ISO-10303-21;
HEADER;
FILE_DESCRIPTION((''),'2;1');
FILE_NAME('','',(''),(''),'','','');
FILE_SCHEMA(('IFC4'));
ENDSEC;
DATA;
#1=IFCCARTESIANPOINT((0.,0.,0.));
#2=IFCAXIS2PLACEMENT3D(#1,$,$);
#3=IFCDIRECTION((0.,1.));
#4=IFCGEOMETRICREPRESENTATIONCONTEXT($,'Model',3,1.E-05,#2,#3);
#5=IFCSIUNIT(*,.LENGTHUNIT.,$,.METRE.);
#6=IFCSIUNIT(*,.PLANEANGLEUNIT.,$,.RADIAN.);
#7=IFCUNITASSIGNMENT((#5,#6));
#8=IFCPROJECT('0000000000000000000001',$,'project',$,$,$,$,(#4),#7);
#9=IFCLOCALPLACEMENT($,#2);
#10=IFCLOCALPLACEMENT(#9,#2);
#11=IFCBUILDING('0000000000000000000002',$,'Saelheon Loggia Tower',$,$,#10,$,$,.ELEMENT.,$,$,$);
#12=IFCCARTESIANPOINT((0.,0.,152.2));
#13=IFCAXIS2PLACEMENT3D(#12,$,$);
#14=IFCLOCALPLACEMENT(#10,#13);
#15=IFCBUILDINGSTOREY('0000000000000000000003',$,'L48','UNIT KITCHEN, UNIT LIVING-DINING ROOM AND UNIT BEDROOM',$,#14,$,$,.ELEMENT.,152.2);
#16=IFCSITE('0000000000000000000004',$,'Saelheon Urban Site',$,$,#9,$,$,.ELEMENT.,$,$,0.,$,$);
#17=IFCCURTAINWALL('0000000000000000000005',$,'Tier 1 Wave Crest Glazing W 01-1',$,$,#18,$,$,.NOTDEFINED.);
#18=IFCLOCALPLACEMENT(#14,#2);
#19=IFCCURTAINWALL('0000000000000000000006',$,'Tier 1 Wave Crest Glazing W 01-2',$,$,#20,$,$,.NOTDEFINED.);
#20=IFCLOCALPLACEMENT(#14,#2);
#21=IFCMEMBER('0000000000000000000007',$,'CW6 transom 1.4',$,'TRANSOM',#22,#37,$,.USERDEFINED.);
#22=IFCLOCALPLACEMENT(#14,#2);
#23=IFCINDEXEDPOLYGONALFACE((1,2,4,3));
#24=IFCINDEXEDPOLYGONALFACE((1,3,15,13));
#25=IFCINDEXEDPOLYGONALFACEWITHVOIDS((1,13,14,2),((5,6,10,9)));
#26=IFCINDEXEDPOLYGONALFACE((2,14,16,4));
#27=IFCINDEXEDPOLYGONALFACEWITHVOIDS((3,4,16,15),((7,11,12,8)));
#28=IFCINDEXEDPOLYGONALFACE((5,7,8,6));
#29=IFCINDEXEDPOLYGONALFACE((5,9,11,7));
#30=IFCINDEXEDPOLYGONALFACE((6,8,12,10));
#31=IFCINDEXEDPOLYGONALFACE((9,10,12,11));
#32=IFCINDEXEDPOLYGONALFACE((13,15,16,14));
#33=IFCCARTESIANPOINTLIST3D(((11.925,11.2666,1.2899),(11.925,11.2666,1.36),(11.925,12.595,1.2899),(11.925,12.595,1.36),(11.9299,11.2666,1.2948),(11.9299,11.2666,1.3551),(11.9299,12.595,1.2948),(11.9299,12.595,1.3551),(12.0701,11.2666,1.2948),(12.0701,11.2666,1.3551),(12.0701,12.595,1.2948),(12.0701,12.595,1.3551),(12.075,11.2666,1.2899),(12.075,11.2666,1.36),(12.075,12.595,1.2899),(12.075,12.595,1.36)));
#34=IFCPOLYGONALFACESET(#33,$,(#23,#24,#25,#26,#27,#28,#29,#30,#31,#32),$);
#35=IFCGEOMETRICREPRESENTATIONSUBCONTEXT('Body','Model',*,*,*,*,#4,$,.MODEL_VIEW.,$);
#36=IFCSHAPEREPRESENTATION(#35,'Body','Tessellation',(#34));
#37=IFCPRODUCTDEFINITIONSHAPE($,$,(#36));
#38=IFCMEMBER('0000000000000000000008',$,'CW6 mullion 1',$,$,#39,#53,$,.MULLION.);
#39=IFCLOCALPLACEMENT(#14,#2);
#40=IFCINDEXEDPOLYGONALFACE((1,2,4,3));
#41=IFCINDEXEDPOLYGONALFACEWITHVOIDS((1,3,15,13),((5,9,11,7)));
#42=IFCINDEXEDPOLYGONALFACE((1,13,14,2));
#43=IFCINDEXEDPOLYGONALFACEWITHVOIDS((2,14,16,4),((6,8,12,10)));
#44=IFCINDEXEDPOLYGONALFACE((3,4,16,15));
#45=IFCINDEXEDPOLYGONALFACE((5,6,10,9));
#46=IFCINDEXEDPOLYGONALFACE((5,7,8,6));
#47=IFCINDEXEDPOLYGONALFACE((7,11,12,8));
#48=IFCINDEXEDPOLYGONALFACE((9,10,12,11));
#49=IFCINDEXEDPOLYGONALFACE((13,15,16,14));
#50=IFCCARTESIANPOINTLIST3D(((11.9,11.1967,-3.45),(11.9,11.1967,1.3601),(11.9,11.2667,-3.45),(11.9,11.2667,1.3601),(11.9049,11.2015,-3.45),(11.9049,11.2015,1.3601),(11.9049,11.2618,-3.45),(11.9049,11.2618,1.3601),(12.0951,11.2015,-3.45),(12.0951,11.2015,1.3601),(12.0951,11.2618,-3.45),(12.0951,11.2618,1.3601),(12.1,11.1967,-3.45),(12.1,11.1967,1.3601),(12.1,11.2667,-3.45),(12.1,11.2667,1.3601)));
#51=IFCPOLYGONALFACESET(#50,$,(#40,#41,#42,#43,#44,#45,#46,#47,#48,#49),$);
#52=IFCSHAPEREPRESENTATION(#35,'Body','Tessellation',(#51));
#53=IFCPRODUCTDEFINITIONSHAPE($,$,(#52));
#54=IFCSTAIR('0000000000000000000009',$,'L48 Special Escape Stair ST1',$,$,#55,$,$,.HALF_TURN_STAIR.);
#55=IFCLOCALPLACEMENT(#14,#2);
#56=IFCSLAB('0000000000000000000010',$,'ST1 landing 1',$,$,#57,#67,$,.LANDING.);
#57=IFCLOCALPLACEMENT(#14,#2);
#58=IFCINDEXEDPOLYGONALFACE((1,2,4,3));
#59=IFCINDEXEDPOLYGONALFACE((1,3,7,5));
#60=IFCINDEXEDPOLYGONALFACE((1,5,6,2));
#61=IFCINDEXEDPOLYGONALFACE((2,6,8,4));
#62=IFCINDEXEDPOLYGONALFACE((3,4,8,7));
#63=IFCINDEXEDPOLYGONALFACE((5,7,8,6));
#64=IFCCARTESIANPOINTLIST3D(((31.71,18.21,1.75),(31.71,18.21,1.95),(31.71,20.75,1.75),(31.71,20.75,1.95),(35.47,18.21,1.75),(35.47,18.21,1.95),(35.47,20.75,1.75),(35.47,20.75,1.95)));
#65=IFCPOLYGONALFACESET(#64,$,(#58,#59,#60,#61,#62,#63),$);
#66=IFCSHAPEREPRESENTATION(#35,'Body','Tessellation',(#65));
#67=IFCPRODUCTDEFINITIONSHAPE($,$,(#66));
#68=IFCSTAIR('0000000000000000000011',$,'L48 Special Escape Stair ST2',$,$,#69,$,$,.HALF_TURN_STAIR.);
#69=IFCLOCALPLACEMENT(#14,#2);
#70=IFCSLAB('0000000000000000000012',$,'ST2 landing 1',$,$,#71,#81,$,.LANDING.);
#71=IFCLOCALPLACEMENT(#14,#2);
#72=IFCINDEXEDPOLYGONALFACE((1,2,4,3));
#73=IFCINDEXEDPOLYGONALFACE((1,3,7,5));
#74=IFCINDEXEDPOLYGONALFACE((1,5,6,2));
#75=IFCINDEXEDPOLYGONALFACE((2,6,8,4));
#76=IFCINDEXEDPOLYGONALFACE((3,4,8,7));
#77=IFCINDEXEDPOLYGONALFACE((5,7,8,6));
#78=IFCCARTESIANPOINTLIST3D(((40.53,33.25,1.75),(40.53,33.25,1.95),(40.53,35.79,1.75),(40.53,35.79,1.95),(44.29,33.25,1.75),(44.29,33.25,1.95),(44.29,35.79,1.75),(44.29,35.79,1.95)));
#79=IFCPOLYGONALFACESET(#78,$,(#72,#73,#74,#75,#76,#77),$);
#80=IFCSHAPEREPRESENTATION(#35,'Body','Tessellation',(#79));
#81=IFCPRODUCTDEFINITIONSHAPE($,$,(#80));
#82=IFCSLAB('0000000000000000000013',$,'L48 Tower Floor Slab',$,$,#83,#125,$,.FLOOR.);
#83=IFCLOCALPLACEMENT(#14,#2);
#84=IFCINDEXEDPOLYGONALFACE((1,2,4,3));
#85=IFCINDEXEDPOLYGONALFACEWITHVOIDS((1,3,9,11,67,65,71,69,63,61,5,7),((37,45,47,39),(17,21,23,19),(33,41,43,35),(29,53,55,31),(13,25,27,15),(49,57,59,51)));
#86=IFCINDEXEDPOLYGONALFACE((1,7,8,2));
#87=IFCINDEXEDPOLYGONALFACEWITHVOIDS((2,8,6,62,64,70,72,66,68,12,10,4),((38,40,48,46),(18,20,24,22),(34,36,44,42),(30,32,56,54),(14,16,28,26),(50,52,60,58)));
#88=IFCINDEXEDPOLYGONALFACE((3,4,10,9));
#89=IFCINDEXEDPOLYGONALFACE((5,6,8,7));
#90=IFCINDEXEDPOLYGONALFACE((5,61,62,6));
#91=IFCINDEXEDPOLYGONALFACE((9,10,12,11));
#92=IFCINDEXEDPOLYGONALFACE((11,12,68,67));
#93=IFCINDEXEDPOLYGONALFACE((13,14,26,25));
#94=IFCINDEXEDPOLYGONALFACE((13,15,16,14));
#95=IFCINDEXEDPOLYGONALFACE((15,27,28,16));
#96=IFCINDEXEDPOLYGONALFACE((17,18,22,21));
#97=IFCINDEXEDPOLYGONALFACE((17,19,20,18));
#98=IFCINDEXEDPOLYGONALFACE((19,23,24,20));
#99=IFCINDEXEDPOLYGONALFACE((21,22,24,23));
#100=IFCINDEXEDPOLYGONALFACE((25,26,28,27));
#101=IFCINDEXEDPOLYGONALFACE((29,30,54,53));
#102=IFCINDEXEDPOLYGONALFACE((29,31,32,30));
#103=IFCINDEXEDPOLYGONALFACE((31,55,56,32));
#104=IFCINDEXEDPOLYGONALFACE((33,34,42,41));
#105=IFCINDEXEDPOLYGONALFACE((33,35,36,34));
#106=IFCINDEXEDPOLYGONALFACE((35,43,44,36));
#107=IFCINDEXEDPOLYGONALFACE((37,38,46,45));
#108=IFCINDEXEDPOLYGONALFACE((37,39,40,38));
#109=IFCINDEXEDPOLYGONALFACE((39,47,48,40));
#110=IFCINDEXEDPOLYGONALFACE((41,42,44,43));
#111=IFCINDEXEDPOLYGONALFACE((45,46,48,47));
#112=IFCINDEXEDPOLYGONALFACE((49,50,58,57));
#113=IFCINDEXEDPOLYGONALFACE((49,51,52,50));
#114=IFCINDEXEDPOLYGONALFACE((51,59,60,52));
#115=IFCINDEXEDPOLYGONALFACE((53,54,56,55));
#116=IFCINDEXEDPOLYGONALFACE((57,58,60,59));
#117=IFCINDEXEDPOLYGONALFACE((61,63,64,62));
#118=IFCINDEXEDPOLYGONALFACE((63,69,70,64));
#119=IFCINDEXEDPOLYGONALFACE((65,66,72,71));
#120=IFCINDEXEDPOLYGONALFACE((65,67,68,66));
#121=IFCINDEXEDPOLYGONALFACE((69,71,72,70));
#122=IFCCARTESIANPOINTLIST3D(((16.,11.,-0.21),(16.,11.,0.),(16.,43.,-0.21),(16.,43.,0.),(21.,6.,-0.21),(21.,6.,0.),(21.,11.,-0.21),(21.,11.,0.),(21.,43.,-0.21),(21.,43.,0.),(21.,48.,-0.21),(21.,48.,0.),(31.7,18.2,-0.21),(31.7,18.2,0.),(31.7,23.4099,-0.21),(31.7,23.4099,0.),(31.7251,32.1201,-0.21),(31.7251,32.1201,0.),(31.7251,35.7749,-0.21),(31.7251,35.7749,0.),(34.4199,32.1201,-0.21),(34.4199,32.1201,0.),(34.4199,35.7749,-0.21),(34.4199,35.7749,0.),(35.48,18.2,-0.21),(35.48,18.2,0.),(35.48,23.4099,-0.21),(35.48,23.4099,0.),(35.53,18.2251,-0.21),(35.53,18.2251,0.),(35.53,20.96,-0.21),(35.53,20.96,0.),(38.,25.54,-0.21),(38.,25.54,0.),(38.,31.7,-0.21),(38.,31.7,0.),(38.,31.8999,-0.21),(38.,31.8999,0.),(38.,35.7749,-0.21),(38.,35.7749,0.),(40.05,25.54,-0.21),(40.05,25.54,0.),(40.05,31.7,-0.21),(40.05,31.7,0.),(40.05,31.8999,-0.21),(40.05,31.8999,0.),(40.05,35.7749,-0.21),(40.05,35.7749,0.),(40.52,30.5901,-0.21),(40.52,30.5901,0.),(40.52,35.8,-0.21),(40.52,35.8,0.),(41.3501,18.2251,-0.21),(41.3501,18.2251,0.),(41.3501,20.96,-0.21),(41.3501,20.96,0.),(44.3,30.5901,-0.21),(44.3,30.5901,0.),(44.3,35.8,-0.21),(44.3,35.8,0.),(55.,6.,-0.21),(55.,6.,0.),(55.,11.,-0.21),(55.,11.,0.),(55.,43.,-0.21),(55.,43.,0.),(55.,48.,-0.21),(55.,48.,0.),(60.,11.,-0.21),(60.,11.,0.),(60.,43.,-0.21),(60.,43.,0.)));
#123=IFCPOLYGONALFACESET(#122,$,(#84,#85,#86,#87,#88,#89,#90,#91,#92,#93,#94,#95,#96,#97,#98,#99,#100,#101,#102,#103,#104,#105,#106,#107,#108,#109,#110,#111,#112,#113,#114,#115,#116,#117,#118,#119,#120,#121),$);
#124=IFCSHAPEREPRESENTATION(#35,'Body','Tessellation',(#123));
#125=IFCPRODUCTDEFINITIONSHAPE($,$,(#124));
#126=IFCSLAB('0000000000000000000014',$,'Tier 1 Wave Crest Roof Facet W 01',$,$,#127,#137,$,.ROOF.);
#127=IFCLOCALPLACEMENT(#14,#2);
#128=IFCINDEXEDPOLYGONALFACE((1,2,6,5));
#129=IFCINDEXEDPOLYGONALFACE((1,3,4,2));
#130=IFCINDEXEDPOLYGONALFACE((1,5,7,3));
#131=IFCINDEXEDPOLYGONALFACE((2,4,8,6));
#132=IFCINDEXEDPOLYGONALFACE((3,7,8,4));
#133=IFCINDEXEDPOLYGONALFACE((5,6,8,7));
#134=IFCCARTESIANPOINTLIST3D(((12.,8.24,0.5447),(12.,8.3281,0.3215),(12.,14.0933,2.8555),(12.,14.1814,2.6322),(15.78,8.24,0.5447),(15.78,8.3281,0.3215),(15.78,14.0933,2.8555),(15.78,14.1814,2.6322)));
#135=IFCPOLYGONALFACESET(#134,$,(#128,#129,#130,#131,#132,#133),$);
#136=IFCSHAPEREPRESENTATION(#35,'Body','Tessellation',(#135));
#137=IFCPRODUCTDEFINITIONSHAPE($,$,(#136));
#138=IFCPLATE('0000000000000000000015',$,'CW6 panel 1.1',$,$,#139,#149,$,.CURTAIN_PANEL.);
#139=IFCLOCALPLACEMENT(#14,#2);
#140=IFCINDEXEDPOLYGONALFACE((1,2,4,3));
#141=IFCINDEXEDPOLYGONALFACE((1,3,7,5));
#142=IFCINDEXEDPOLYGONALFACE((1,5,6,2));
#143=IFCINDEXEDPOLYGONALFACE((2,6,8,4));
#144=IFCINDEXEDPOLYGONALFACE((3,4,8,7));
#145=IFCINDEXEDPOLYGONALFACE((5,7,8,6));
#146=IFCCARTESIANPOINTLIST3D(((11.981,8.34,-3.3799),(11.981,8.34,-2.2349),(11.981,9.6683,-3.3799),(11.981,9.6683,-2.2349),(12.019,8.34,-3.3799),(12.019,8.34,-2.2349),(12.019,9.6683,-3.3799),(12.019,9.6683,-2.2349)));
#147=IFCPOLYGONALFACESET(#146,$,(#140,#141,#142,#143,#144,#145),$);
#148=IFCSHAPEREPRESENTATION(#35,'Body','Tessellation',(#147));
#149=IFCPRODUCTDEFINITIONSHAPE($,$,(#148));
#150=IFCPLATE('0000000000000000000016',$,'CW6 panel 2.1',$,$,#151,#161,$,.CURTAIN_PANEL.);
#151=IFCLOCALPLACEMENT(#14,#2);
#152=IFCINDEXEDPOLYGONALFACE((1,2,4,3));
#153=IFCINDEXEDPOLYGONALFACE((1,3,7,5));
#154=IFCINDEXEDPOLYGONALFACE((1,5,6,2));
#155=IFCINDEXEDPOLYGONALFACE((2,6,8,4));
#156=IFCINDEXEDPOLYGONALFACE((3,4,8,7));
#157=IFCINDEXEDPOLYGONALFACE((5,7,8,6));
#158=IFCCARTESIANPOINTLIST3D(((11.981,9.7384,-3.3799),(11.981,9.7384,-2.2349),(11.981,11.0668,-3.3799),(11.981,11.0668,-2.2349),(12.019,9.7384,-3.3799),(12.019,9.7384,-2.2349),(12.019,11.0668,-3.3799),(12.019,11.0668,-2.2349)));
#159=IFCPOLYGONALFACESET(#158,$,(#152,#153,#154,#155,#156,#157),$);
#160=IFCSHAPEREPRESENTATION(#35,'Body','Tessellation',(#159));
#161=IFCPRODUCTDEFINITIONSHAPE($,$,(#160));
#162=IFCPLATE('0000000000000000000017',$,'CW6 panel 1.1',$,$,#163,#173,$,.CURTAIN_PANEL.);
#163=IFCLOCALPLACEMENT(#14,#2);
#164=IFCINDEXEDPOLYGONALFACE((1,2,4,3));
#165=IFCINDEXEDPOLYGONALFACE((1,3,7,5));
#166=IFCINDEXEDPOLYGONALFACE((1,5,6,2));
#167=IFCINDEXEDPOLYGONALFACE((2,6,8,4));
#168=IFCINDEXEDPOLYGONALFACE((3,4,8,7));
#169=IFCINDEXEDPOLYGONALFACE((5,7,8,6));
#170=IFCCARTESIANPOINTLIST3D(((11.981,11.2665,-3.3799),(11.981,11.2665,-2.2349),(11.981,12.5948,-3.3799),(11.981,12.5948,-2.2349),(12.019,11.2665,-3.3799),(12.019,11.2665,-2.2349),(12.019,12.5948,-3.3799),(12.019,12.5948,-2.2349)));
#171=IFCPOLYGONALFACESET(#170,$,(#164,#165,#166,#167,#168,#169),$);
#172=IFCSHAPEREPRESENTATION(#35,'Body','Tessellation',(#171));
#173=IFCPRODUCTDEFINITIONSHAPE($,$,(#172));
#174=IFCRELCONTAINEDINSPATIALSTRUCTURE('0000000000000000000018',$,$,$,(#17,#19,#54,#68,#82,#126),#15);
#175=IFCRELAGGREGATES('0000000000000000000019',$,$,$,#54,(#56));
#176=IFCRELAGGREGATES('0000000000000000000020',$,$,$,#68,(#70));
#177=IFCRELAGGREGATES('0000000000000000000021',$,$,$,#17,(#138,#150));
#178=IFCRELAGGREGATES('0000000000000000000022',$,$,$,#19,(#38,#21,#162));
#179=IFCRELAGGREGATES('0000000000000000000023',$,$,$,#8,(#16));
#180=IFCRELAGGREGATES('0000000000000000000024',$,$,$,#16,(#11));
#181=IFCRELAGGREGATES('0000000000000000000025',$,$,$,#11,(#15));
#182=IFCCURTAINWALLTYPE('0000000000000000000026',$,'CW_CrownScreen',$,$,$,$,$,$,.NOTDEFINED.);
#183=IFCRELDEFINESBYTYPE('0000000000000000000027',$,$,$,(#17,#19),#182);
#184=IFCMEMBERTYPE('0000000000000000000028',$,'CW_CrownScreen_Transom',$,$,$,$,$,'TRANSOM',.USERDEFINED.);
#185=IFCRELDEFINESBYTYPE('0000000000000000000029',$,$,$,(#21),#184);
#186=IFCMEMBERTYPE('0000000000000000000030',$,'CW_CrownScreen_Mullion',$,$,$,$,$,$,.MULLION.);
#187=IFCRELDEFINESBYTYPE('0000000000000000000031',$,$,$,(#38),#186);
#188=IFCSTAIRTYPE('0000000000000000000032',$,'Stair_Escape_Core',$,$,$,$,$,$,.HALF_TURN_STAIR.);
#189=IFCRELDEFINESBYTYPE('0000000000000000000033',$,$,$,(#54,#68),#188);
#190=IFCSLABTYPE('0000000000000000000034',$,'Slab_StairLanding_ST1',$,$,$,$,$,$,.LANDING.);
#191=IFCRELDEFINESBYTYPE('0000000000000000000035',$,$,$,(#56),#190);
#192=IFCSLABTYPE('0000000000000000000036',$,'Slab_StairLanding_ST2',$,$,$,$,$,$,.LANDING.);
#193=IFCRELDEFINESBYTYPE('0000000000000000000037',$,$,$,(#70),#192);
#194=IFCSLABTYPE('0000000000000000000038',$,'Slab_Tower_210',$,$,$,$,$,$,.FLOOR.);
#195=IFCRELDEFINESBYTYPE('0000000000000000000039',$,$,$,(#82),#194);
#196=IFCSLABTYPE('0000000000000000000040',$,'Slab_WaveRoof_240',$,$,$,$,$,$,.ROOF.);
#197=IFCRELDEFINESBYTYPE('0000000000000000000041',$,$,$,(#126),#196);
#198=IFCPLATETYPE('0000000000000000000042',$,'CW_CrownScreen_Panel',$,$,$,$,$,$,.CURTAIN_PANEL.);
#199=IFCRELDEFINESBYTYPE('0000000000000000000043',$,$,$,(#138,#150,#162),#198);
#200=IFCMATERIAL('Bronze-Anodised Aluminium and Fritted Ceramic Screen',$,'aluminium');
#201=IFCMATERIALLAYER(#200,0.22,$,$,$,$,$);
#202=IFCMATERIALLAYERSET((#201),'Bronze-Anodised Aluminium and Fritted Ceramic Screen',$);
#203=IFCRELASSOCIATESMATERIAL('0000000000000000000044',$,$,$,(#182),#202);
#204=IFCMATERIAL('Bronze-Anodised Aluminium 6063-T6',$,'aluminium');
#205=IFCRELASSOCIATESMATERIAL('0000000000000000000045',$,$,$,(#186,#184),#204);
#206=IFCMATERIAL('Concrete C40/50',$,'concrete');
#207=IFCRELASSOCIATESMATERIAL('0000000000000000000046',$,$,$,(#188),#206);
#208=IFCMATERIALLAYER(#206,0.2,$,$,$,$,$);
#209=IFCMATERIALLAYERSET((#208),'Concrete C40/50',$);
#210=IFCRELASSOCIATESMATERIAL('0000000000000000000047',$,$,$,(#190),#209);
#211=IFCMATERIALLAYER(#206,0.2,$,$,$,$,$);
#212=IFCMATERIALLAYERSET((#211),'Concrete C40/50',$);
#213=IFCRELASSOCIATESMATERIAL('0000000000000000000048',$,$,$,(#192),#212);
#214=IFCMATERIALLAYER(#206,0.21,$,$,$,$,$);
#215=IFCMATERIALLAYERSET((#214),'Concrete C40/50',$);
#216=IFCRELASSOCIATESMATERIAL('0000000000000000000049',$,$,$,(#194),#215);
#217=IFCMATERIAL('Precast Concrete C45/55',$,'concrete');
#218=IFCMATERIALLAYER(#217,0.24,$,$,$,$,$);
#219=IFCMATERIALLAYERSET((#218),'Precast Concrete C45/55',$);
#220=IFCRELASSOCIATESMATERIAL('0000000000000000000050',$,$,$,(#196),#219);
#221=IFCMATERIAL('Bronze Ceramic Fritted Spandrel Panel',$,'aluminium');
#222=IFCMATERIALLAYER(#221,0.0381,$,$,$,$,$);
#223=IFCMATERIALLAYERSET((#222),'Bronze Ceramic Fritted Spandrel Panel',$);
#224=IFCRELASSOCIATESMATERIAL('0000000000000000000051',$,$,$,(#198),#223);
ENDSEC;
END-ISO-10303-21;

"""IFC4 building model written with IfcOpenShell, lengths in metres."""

from ifc_helpers import new_model, si_unit, direction, frame, origin, origin_2d, place, context, subcontext, project, spatial, polyline, rectangle, hollow_rectangle, outline, extrude, source, transform, mapped, material, layer, layer_set, material_profile, profile_set, type_object, element, aggregate, save


model = new_model("IFC4")

# Units and contexts
model_context = context("Model", 3, precision=1e-05, world=origin(), true_north=direction((0.0, 1.0)))
body_context = subcontext(model_context, "Body", "Model", "MODEL_VIEW")
ifc_project = project(units=[si_unit("LENGTHUNIT", "METRE"), si_unit("PLANEANGLEUNIT", "RADIAN")], contexts=[model_context])

# Site, building, storey
site_placement = place(None, origin())
site = spatial("IfcSite", under=ifc_project, at=site_placement, Name="Saelheon Urban Site", CompositionType="ELEMENT", RefElevation=0.0)
building_placement = place(site_placement, origin())
building = spatial("IfcBuilding", under=site, at=building_placement, Name="Saelheon Loggia Tower", CompositionType="ELEMENT")
storey_placement = place(building_placement, frame((0.0, 0.0, 152.2)))
storey = spatial("IfcBuildingStorey", under=building, at=storey_placement, Name="L48", Description="UNIT KITCHEN, UNIT LIVING-DINING ROOM AND UNIT BEDROOM", CompositionType="ELEMENT", Elevation=152.2)

# Curtain walls, members
ifc_material_1 = material(Name="Bronze-Anodised Aluminium and Fritted Ceramic Screen", Category="aluminium")
ifc_layer_1 = layer(ifc_material_1, 0.22)
ifc_layer_set_1 = layer_set([ifc_layer_1], Name="Bronze-Anodised Aluminium and Fritted Ceramic Screen")
curtain_wall_type = type_object("IfcCurtainWallType", Name="CW_CrownScreen", PredefinedType="NOTDEFINED", material=ifc_layer_set_1)
curtain_wall_1_placement = place(storey_placement, origin())
curtain_wall_1 = element("IfcCurtainWall", 1, at=curtain_wall_1_placement, inside=storey, type_object=curtain_wall_type, Name="Tier 1 Wave Crest Glazing W 01-1", PredefinedType="NOTDEFINED")
ifc_material_2 = material(Name="Bronze-Anodised Aluminium 6063-T6", Category="aluminium")
ifc_material_profile_1 = material_profile(ifc_material_2, hollow_rectangle(XDim=0.0701, YDim=0.2, WallThickness=0.0049, at=origin_2d()), Name="RHS-200x70x5")
ifc_profile_set_1 = profile_set([ifc_material_profile_1], Name="Bronze-Anodised Aluminium 6063-T6")
member_type_1 = type_object("IfcMemberType", Name="CW_CrownScreen_Mullion", PredefinedType="MULLION", material=ifc_profile_set_1)
ifc_material_profile_2 = material_profile(ifc_material_2, hollow_rectangle(XDim=0.0701, YDim=0.1499, WallThickness=0.0049, at=origin_2d()), Name="RHS-150x70x5")
ifc_profile_set_2 = profile_set([ifc_material_profile_2], Name="Bronze-Anodised Aluminium 6063-T6")
member_type_2 = type_object("IfcMemberType", Name="CW_CrownScreen_Transom", ElementType="TRANSOM", PredefinedType="USERDEFINED", material=ifc_profile_set_2)
shared_shape_1 = source(origin(), body_context, "Body", "SweptSolid", [
    extrude(hollow_rectangle(XDim=0.0701, YDim=0.1499, WallThickness=0.0049, at=origin_2d()), origin(), (0.0, 0.0, 1.0), 1.3284),
])
curtain_wall_2_placement = place(storey_placement, origin())
curtain_wall_2 = element("IfcCurtainWall", 2, at=curtain_wall_2_placement, inside=storey, type_object=curtain_wall_type, Name="Tier 1 Wave Crest Glazing W 01-2", PredefinedType="NOTDEFINED")
member_1_placement = place(storey_placement, frame((12.0, 11.2666, 1.325), z_axis=(0.0, 1.0, 0.0), x_axis=(0.0, 0.0, 1.0)))
member_1 = element("IfcMember", 3, at=member_1_placement, type_object=member_type_2, Name="CW6 transom 1.4", ObjectType="TRANSOM", PredefinedType="USERDEFINED", context=body_context, shape_type="MappedRepresentation", body=[
    mapped(shared_shape_1, transform((0.0, 0.0, 0.0), scale=1.0)),
])
shared_shape_2 = source(origin(), body_context, "Body", "SweptSolid", [
    extrude(hollow_rectangle(XDim=0.0701, YDim=0.2, WallThickness=0.0049, at=origin_2d()), origin(), (0.0, 0.0, 1.0), 4.8101),
])
member_2_placement = place(storey_placement, frame((12.0, 11.2317, -3.45), z_axis=(0.0, 0.0, 1.0), x_axis=(0.0, 1.0, 0.0)))
member_2 = element("IfcMember", 4, at=member_2_placement, type_object=member_type_1, Name="CW6 mullion 1", PredefinedType="MULLION", context=body_context, shape_type="MappedRepresentation", body=[
    mapped(shared_shape_2, transform((0.0, 0.0, 0.0), scale=1.0)),
])

# Stairs, slabs
ifc_material_3 = material(Name="Concrete C40/50", Category="concrete")
stair_type = type_object("IfcStairType", Name="Stair_Escape_Core", PredefinedType="HALF_TURN_STAIR", material=ifc_material_3)
stair_1_placement = place(storey_placement, origin())
stair_1 = element("IfcStair", 5, at=stair_1_placement, inside=storey, type_object=stair_type, Name="L48 Special Escape Stair ST1", PredefinedType="HALF_TURN_STAIR")
ifc_layer_2 = layer(ifc_material_3, 0.2)
ifc_layer_set_2 = layer_set([ifc_layer_2], Name="Concrete C40/50")
slab_type_1 = type_object("IfcSlabType", Name="Slab_StairLanding_ST1", PredefinedType="LANDING", material=ifc_layer_set_2)
slab_1_placement = place(storey_placement, frame((0.0, 0.0, 1.75)))
slab_1 = element("IfcSlab", 6, at=slab_1_placement, type_object=slab_type_1, Name="ST1 landing 1", PredefinedType="LANDING", context=body_context, shape_type="SweptSolid", body=[
    extrude(outline(polyline([(31.71, 20.75), (31.71, 18.21), (35.47, 18.21), (35.47, 20.75), (31.71, 20.75)])), origin(), (0.0, 0.0, 1.0), 0.2),
])
aggregate(stair_1, [slab_1])
stair_2_placement = place(storey_placement, origin())
stair_2 = element("IfcStair", 7, at=stair_2_placement, inside=storey, type_object=stair_type, Name="L48 Special Escape Stair ST2", PredefinedType="HALF_TURN_STAIR")
ifc_layer_3 = layer(ifc_material_3, 0.2)
ifc_layer_set_3 = layer_set([ifc_layer_3], Name="Concrete C40/50")
slab_type_2 = type_object("IfcSlabType", Name="Slab_StairLanding_ST2", PredefinedType="LANDING", material=ifc_layer_set_3)
slab_2_placement = place(storey_placement, frame((0.0, 0.0, 1.75)))
slab_2 = element("IfcSlab", 8, at=slab_2_placement, type_object=slab_type_2, Name="ST2 landing 1", PredefinedType="LANDING", context=body_context, shape_type="SweptSolid", body=[
    extrude(outline(polyline([(44.29, 33.25), (44.29, 35.79), (40.53, 35.79), (40.53, 33.25), (44.29, 33.25)])), origin(), (0.0, 0.0, 1.0), 0.2),
])
aggregate(stair_2, [slab_2])

# Slabs
ifc_layer_4 = layer(ifc_material_3, 0.21)
ifc_layer_set_4 = layer_set([ifc_layer_4], Name="Concrete C40/50")
slab_type_3 = type_object("IfcSlabType", Name="Slab_Tower_210", PredefinedType="FLOOR", material=ifc_layer_set_4)
slab_3_placement = place(storey_placement, frame((0.0, 0.0, -0.21)))
element("IfcSlab", 9, at=slab_3_placement, inside=storey, type_object=slab_type_3, Name="L48 Tower Floor Slab", PredefinedType="FLOOR", context=body_context, shape_type="SweptSolid", body=[
    extrude(outline(polyline([(21.0, 6.0), (55.0, 6.0), (55.0, 11.0), (60.0, 11.0), (60.0, 43.0), (55.0, 43.0), (55.0, 48.0), (21.0, 48.0), (21.0, 43.0), (16.0, 43.0), (16.0, 11.0), (21.0, 11.0), (21.0, 6.0)]), holes=[polyline([(31.7, 23.4099), (31.7, 18.2), (35.48, 18.2), (35.48, 23.4099), (31.7, 23.4099)]), polyline([(44.3, 30.5901), (44.3, 35.8), (40.52, 35.8), (40.52, 30.5901), (44.3, 30.5901)]), polyline([(35.53, 18.2251), (41.3501, 18.2251), (41.3501, 20.96), (35.53, 20.96), (35.53, 18.2251)]), polyline([(31.7251, 32.1201), (34.4199, 32.1201), (34.4199, 35.7749), (31.7251, 35.7749), (31.7251, 32.1201)]), polyline([(38.0, 31.8999), (40.05, 31.8999), (40.05, 35.7749), (38.0, 35.7749), (38.0, 31.8999)]), polyline([(38.0, 25.54), (40.05, 25.54), (40.05, 31.7), (38.0, 31.7), (38.0, 25.54)])]), origin(), (0.0, 0.0, 1.0), 0.21),
])
ifc_material_4 = material(Name="Precast Concrete C45/55", Category="concrete")
ifc_layer_5 = layer(ifc_material_4, 0.24)
ifc_layer_set_5 = layer_set([ifc_layer_5], Name="Precast Concrete C45/55")
slab_type_4 = type_object("IfcSlabType", Name="Slab_WaveRoof_240", PredefinedType="ROOF", material=ifc_layer_set_5)
slab_4_placement = place(storey_placement, frame((12.0, 8.24, 0.5447), z_axis=(0.0, -0.367206, 0.93014), x_axis=(1.0, 0.0, 0.0)))
element("IfcSlab", 10, at=slab_4_placement, inside=storey, type_object=slab_type_4, Name="Tier 1 Wave Crest Roof Facet W 01", PredefinedType="ROOF", context=body_context, shape_type="SweptSolid", body=[
    extrude(outline(polyline([(0.0, 0.0), (3.78, 0.0), (3.78, 6.2929), (0.0, 6.2929), (0.0, 0.0)])), origin(), (0.0, 0.0, -1.0), 0.24),
])

# Plates
ifc_material_5 = material(Name="Bronze Ceramic Fritted Spandrel Panel", Category="aluminium")
ifc_layer_6 = layer(ifc_material_5, 0.0381)
ifc_layer_set_6 = layer_set([ifc_layer_6], Name="Bronze Ceramic Fritted Spandrel Panel")
plate_type = type_object("IfcPlateType", Name="CW_CrownScreen_Panel", PredefinedType="CURTAIN_PANEL", material=ifc_layer_set_6)
shared_shape_3 = source(origin(), body_context, "Body", "SweptSolid", [
    extrude(rectangle(XDim=1.3284, YDim=0.0381, at=origin_2d()), origin(), (0.0, 0.0, 1.0), 1.145),
])
plate_1_placement = place(storey_placement, frame((12.0, 9.0042, -3.3799), z_axis=(0.0, 0.0, 1.0), x_axis=(0.0, 1.0, 0.0)))
plate_1 = element("IfcPlate", 11, at=plate_1_placement, type_object=plate_type, Name="CW6 panel 1.1", PredefinedType="CURTAIN_PANEL", context=body_context, shape_type="MappedRepresentation", body=[
    mapped(shared_shape_3, transform((0.0, 0.0, 0.0), scale=1.0)),
])
plate_2_placement = place(storey_placement, frame((12.0, 10.4026, -3.3799), z_axis=(0.0, 0.0, 1.0), x_axis=(0.0, 1.0, 0.0)))
plate_2 = element("IfcPlate", 12, at=plate_2_placement, type_object=plate_type, Name="CW6 panel 2.1", PredefinedType="CURTAIN_PANEL", context=body_context, shape_type="MappedRepresentation", body=[
    mapped(shared_shape_3, transform((0.0, 0.0, 0.0), scale=1.0)),
])
plate_3_placement = place(storey_placement, frame((12.0, 11.9307, -3.3799), z_axis=(0.0, 0.0, 1.0), x_axis=(0.0, 1.0, 0.0)))
plate_3 = element("IfcPlate", 13, at=plate_3_placement, type_object=plate_type, Name="CW6 panel 1.1", PredefinedType="CURTAIN_PANEL", context=body_context, shape_type="MappedRepresentation", body=[
    mapped(shared_shape_3, transform((0.0, 0.0, 0.0), scale=1.0)),
])
aggregate(curtain_wall_1, [plate_1, plate_2])
aggregate(curtain_wall_2, [member_2, member_1, plate_3])

save(model, "model.ifc")
